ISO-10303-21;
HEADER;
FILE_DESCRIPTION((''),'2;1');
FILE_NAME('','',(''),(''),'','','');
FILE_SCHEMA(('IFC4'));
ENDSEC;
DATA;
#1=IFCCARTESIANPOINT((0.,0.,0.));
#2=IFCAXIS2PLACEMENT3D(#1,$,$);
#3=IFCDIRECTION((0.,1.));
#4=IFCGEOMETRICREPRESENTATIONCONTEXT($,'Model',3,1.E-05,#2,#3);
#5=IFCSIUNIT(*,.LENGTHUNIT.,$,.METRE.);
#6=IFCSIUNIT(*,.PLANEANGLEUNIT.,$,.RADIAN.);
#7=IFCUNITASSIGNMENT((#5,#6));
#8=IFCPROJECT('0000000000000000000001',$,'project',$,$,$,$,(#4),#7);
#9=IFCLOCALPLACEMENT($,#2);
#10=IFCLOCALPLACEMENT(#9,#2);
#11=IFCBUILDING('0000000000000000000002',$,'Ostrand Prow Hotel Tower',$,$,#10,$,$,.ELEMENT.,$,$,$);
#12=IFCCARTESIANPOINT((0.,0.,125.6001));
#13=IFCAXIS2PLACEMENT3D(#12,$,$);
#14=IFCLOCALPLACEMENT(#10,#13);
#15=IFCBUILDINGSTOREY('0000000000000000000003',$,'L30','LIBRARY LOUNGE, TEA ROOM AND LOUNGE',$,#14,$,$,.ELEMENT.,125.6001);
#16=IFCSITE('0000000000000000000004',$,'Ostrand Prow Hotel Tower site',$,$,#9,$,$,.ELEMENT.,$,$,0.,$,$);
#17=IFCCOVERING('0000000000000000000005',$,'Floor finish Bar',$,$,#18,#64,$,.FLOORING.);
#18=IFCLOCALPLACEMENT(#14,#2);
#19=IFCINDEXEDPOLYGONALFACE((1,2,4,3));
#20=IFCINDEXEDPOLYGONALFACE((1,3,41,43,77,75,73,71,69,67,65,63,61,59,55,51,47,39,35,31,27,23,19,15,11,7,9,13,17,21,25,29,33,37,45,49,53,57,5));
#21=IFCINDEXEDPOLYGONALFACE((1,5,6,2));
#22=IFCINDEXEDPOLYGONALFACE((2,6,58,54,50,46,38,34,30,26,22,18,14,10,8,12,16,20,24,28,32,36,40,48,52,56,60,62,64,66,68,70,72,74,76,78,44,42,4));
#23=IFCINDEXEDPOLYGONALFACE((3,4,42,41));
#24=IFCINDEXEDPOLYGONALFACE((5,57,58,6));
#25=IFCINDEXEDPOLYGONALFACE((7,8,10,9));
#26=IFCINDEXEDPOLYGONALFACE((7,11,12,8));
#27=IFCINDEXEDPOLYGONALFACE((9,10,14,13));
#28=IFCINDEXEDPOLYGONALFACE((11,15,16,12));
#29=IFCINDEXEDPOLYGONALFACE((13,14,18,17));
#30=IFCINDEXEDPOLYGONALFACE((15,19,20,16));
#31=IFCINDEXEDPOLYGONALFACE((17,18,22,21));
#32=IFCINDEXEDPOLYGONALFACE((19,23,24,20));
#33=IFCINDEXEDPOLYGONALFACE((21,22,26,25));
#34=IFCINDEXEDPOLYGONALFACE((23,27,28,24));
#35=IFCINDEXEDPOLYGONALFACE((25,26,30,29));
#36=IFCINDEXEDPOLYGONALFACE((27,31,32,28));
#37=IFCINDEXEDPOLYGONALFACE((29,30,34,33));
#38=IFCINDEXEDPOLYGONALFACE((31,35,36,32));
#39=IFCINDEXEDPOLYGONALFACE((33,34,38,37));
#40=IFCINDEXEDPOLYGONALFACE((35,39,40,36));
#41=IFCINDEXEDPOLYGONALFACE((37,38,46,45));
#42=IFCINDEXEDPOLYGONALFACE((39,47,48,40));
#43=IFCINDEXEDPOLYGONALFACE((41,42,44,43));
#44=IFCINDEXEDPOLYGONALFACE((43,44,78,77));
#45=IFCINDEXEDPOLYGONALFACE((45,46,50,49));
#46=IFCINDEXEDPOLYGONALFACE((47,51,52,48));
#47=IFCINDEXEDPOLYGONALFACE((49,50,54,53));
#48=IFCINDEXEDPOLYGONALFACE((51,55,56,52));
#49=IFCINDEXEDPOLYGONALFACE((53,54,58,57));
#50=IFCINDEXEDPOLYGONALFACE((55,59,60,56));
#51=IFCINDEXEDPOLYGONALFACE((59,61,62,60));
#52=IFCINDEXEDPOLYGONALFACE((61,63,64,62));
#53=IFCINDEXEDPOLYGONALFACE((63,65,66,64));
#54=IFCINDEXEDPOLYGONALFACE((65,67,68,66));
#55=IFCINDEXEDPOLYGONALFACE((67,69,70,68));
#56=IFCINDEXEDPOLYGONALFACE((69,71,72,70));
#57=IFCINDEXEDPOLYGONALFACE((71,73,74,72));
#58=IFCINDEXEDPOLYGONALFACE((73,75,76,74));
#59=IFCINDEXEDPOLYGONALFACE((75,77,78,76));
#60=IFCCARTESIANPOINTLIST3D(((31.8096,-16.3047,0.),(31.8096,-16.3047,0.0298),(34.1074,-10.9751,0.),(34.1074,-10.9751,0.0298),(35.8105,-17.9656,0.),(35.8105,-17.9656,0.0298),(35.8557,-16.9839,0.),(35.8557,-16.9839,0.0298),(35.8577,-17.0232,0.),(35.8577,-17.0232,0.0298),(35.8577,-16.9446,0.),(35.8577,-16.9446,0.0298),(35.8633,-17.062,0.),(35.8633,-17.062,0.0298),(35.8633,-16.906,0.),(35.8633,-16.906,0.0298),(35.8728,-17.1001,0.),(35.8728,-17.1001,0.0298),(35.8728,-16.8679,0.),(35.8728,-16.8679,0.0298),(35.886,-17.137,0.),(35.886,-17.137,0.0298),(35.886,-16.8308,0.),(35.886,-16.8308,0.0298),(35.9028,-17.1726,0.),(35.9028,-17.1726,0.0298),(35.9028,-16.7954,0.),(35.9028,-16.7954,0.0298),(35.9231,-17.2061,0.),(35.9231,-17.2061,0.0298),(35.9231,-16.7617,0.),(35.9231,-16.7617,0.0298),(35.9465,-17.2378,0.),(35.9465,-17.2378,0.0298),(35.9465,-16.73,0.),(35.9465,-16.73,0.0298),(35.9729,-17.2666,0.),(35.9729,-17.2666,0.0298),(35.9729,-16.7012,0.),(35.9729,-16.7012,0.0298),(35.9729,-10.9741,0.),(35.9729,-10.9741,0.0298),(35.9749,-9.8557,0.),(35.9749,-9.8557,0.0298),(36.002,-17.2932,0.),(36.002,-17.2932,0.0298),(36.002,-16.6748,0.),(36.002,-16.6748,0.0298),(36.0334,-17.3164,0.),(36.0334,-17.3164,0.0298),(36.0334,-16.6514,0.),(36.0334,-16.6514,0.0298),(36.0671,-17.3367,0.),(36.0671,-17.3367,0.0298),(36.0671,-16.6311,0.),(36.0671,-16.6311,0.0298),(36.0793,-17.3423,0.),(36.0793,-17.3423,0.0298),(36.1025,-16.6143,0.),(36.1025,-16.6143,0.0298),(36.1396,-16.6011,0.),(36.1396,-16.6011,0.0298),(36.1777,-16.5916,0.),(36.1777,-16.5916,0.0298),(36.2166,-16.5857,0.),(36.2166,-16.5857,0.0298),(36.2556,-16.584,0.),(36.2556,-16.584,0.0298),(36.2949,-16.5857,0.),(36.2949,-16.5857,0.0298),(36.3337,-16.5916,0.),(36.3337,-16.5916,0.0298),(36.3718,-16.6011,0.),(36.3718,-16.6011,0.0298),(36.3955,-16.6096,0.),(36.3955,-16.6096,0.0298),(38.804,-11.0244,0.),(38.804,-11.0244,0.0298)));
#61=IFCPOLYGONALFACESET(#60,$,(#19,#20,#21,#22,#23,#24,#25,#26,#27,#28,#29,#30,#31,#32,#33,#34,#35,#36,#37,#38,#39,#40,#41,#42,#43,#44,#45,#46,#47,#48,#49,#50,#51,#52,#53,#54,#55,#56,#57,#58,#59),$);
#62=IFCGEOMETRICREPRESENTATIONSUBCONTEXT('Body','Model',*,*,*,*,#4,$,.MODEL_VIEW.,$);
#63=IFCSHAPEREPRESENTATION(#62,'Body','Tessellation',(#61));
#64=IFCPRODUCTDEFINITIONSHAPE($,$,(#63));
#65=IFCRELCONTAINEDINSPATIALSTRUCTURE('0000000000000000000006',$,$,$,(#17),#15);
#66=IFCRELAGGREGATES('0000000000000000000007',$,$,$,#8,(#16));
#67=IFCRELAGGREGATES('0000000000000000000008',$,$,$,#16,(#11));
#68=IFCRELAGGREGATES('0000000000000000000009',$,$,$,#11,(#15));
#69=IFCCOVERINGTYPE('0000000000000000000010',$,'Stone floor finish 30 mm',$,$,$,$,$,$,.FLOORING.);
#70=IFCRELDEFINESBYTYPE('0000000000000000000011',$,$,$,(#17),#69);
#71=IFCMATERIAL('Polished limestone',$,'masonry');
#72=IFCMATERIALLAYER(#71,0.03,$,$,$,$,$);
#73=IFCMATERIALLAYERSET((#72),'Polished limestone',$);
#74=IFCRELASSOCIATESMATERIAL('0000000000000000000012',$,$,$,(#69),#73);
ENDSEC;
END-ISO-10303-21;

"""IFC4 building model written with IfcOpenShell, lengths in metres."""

from ifc_helpers import new_model, si_unit, direction, frame, origin, place, context, subcontext, project, spatial, polyline, outline, extrude, material, layer, layer_set, type_object, element, save


model = new_model("IFC4")

# Units and contexts
model_context = context("Model", 3, precision=1e-05, world=origin(), true_north=direction((0.0, 1.0)))
body_context = subcontext(model_context, "Body", "Model", "MODEL_VIEW")
ifc_project = project(units=[si_unit("LENGTHUNIT", "METRE"), si_unit("PLANEANGLEUNIT", "RADIAN")], contexts=[model_context])

# Site, building, storey
site_placement = place(None, origin())
site = spatial("IfcSite", under=ifc_project, at=site_placement, Name="Ostrand Prow Hotel Tower site", CompositionType="ELEMENT", RefElevation=0.0)
building_placement = place(site_placement, origin())
building = spatial("IfcBuilding", under=site, at=building_placement, Name="Ostrand Prow Hotel Tower", CompositionType="ELEMENT")
storey_placement = place(building_placement, frame((0.0, 0.0, 125.6001)))
storey = spatial("IfcBuildingStorey", under=building, at=storey_placement, Name="L30", Description="LIBRARY LOUNGE, TEA ROOM AND LOUNGE", CompositionType="ELEMENT", Elevation=125.6001)

# Covering
ifc_material_1 = material(Name="Polished limestone", Category="masonry")
ifc_layer_1 = layer(ifc_material_1, 0.03)
ifc_layer_set_1 = layer_set([ifc_layer_1], Name="Polished limestone")
covering_type_1 = type_object("IfcCoveringType", Name="Stone floor finish 30 mm", PredefinedType="FLOORING", material=ifc_layer_set_1)
covering_1_placement = place(storey_placement, origin())
element("IfcCovering", 1, at=covering_1_placement, inside=storey, type_object=covering_type_1, Name="Floor finish Bar", PredefinedType="FLOORING", context=body_context, shape_type="SweptSolid", body=[
    extrude(outline(polyline([(31.8096, -16.3047), (35.8105, -17.9656), (36.0793, -17.3423), (36.0671, -17.3367), (36.0334, -17.3164), (36.002, -17.2932), (35.9729, -17.2666), (35.9465, -17.2378), (35.9231, -17.2061), (35.9028, -17.1726), (35.886, -17.137), (35.8728, -17.1001), (35.8633, -17.062), (35.8577, -17.0232), (35.8557, -16.9839), (35.8577, -16.9446), (35.8633, -16.906), (35.8728, -16.8679), (35.886, -16.8308), (35.9028, -16.7954), (35.9231, -16.7617), (35.9465, -16.73), (35.9729, -16.7012), (36.002, -16.6748), (36.0334, -16.6514), (36.0671, -16.6311), (36.1025, -16.6143), (36.1396, -16.6011), (36.1777, -16.5916), (36.2166, -16.5857), (36.2556, -16.584), (36.2949, -16.5857), (36.3337, -16.5916), (36.3718, -16.6011), (36.3955, -16.6096), (38.804, -11.0244), (35.9749, -9.8557), (35.9729, -10.9741), (34.1074, -10.9751), (31.8096, -16.3047)])), origin(), (0.0, 0.0, 1.0), 0.0298),
])

save(model, "model.ifc")
